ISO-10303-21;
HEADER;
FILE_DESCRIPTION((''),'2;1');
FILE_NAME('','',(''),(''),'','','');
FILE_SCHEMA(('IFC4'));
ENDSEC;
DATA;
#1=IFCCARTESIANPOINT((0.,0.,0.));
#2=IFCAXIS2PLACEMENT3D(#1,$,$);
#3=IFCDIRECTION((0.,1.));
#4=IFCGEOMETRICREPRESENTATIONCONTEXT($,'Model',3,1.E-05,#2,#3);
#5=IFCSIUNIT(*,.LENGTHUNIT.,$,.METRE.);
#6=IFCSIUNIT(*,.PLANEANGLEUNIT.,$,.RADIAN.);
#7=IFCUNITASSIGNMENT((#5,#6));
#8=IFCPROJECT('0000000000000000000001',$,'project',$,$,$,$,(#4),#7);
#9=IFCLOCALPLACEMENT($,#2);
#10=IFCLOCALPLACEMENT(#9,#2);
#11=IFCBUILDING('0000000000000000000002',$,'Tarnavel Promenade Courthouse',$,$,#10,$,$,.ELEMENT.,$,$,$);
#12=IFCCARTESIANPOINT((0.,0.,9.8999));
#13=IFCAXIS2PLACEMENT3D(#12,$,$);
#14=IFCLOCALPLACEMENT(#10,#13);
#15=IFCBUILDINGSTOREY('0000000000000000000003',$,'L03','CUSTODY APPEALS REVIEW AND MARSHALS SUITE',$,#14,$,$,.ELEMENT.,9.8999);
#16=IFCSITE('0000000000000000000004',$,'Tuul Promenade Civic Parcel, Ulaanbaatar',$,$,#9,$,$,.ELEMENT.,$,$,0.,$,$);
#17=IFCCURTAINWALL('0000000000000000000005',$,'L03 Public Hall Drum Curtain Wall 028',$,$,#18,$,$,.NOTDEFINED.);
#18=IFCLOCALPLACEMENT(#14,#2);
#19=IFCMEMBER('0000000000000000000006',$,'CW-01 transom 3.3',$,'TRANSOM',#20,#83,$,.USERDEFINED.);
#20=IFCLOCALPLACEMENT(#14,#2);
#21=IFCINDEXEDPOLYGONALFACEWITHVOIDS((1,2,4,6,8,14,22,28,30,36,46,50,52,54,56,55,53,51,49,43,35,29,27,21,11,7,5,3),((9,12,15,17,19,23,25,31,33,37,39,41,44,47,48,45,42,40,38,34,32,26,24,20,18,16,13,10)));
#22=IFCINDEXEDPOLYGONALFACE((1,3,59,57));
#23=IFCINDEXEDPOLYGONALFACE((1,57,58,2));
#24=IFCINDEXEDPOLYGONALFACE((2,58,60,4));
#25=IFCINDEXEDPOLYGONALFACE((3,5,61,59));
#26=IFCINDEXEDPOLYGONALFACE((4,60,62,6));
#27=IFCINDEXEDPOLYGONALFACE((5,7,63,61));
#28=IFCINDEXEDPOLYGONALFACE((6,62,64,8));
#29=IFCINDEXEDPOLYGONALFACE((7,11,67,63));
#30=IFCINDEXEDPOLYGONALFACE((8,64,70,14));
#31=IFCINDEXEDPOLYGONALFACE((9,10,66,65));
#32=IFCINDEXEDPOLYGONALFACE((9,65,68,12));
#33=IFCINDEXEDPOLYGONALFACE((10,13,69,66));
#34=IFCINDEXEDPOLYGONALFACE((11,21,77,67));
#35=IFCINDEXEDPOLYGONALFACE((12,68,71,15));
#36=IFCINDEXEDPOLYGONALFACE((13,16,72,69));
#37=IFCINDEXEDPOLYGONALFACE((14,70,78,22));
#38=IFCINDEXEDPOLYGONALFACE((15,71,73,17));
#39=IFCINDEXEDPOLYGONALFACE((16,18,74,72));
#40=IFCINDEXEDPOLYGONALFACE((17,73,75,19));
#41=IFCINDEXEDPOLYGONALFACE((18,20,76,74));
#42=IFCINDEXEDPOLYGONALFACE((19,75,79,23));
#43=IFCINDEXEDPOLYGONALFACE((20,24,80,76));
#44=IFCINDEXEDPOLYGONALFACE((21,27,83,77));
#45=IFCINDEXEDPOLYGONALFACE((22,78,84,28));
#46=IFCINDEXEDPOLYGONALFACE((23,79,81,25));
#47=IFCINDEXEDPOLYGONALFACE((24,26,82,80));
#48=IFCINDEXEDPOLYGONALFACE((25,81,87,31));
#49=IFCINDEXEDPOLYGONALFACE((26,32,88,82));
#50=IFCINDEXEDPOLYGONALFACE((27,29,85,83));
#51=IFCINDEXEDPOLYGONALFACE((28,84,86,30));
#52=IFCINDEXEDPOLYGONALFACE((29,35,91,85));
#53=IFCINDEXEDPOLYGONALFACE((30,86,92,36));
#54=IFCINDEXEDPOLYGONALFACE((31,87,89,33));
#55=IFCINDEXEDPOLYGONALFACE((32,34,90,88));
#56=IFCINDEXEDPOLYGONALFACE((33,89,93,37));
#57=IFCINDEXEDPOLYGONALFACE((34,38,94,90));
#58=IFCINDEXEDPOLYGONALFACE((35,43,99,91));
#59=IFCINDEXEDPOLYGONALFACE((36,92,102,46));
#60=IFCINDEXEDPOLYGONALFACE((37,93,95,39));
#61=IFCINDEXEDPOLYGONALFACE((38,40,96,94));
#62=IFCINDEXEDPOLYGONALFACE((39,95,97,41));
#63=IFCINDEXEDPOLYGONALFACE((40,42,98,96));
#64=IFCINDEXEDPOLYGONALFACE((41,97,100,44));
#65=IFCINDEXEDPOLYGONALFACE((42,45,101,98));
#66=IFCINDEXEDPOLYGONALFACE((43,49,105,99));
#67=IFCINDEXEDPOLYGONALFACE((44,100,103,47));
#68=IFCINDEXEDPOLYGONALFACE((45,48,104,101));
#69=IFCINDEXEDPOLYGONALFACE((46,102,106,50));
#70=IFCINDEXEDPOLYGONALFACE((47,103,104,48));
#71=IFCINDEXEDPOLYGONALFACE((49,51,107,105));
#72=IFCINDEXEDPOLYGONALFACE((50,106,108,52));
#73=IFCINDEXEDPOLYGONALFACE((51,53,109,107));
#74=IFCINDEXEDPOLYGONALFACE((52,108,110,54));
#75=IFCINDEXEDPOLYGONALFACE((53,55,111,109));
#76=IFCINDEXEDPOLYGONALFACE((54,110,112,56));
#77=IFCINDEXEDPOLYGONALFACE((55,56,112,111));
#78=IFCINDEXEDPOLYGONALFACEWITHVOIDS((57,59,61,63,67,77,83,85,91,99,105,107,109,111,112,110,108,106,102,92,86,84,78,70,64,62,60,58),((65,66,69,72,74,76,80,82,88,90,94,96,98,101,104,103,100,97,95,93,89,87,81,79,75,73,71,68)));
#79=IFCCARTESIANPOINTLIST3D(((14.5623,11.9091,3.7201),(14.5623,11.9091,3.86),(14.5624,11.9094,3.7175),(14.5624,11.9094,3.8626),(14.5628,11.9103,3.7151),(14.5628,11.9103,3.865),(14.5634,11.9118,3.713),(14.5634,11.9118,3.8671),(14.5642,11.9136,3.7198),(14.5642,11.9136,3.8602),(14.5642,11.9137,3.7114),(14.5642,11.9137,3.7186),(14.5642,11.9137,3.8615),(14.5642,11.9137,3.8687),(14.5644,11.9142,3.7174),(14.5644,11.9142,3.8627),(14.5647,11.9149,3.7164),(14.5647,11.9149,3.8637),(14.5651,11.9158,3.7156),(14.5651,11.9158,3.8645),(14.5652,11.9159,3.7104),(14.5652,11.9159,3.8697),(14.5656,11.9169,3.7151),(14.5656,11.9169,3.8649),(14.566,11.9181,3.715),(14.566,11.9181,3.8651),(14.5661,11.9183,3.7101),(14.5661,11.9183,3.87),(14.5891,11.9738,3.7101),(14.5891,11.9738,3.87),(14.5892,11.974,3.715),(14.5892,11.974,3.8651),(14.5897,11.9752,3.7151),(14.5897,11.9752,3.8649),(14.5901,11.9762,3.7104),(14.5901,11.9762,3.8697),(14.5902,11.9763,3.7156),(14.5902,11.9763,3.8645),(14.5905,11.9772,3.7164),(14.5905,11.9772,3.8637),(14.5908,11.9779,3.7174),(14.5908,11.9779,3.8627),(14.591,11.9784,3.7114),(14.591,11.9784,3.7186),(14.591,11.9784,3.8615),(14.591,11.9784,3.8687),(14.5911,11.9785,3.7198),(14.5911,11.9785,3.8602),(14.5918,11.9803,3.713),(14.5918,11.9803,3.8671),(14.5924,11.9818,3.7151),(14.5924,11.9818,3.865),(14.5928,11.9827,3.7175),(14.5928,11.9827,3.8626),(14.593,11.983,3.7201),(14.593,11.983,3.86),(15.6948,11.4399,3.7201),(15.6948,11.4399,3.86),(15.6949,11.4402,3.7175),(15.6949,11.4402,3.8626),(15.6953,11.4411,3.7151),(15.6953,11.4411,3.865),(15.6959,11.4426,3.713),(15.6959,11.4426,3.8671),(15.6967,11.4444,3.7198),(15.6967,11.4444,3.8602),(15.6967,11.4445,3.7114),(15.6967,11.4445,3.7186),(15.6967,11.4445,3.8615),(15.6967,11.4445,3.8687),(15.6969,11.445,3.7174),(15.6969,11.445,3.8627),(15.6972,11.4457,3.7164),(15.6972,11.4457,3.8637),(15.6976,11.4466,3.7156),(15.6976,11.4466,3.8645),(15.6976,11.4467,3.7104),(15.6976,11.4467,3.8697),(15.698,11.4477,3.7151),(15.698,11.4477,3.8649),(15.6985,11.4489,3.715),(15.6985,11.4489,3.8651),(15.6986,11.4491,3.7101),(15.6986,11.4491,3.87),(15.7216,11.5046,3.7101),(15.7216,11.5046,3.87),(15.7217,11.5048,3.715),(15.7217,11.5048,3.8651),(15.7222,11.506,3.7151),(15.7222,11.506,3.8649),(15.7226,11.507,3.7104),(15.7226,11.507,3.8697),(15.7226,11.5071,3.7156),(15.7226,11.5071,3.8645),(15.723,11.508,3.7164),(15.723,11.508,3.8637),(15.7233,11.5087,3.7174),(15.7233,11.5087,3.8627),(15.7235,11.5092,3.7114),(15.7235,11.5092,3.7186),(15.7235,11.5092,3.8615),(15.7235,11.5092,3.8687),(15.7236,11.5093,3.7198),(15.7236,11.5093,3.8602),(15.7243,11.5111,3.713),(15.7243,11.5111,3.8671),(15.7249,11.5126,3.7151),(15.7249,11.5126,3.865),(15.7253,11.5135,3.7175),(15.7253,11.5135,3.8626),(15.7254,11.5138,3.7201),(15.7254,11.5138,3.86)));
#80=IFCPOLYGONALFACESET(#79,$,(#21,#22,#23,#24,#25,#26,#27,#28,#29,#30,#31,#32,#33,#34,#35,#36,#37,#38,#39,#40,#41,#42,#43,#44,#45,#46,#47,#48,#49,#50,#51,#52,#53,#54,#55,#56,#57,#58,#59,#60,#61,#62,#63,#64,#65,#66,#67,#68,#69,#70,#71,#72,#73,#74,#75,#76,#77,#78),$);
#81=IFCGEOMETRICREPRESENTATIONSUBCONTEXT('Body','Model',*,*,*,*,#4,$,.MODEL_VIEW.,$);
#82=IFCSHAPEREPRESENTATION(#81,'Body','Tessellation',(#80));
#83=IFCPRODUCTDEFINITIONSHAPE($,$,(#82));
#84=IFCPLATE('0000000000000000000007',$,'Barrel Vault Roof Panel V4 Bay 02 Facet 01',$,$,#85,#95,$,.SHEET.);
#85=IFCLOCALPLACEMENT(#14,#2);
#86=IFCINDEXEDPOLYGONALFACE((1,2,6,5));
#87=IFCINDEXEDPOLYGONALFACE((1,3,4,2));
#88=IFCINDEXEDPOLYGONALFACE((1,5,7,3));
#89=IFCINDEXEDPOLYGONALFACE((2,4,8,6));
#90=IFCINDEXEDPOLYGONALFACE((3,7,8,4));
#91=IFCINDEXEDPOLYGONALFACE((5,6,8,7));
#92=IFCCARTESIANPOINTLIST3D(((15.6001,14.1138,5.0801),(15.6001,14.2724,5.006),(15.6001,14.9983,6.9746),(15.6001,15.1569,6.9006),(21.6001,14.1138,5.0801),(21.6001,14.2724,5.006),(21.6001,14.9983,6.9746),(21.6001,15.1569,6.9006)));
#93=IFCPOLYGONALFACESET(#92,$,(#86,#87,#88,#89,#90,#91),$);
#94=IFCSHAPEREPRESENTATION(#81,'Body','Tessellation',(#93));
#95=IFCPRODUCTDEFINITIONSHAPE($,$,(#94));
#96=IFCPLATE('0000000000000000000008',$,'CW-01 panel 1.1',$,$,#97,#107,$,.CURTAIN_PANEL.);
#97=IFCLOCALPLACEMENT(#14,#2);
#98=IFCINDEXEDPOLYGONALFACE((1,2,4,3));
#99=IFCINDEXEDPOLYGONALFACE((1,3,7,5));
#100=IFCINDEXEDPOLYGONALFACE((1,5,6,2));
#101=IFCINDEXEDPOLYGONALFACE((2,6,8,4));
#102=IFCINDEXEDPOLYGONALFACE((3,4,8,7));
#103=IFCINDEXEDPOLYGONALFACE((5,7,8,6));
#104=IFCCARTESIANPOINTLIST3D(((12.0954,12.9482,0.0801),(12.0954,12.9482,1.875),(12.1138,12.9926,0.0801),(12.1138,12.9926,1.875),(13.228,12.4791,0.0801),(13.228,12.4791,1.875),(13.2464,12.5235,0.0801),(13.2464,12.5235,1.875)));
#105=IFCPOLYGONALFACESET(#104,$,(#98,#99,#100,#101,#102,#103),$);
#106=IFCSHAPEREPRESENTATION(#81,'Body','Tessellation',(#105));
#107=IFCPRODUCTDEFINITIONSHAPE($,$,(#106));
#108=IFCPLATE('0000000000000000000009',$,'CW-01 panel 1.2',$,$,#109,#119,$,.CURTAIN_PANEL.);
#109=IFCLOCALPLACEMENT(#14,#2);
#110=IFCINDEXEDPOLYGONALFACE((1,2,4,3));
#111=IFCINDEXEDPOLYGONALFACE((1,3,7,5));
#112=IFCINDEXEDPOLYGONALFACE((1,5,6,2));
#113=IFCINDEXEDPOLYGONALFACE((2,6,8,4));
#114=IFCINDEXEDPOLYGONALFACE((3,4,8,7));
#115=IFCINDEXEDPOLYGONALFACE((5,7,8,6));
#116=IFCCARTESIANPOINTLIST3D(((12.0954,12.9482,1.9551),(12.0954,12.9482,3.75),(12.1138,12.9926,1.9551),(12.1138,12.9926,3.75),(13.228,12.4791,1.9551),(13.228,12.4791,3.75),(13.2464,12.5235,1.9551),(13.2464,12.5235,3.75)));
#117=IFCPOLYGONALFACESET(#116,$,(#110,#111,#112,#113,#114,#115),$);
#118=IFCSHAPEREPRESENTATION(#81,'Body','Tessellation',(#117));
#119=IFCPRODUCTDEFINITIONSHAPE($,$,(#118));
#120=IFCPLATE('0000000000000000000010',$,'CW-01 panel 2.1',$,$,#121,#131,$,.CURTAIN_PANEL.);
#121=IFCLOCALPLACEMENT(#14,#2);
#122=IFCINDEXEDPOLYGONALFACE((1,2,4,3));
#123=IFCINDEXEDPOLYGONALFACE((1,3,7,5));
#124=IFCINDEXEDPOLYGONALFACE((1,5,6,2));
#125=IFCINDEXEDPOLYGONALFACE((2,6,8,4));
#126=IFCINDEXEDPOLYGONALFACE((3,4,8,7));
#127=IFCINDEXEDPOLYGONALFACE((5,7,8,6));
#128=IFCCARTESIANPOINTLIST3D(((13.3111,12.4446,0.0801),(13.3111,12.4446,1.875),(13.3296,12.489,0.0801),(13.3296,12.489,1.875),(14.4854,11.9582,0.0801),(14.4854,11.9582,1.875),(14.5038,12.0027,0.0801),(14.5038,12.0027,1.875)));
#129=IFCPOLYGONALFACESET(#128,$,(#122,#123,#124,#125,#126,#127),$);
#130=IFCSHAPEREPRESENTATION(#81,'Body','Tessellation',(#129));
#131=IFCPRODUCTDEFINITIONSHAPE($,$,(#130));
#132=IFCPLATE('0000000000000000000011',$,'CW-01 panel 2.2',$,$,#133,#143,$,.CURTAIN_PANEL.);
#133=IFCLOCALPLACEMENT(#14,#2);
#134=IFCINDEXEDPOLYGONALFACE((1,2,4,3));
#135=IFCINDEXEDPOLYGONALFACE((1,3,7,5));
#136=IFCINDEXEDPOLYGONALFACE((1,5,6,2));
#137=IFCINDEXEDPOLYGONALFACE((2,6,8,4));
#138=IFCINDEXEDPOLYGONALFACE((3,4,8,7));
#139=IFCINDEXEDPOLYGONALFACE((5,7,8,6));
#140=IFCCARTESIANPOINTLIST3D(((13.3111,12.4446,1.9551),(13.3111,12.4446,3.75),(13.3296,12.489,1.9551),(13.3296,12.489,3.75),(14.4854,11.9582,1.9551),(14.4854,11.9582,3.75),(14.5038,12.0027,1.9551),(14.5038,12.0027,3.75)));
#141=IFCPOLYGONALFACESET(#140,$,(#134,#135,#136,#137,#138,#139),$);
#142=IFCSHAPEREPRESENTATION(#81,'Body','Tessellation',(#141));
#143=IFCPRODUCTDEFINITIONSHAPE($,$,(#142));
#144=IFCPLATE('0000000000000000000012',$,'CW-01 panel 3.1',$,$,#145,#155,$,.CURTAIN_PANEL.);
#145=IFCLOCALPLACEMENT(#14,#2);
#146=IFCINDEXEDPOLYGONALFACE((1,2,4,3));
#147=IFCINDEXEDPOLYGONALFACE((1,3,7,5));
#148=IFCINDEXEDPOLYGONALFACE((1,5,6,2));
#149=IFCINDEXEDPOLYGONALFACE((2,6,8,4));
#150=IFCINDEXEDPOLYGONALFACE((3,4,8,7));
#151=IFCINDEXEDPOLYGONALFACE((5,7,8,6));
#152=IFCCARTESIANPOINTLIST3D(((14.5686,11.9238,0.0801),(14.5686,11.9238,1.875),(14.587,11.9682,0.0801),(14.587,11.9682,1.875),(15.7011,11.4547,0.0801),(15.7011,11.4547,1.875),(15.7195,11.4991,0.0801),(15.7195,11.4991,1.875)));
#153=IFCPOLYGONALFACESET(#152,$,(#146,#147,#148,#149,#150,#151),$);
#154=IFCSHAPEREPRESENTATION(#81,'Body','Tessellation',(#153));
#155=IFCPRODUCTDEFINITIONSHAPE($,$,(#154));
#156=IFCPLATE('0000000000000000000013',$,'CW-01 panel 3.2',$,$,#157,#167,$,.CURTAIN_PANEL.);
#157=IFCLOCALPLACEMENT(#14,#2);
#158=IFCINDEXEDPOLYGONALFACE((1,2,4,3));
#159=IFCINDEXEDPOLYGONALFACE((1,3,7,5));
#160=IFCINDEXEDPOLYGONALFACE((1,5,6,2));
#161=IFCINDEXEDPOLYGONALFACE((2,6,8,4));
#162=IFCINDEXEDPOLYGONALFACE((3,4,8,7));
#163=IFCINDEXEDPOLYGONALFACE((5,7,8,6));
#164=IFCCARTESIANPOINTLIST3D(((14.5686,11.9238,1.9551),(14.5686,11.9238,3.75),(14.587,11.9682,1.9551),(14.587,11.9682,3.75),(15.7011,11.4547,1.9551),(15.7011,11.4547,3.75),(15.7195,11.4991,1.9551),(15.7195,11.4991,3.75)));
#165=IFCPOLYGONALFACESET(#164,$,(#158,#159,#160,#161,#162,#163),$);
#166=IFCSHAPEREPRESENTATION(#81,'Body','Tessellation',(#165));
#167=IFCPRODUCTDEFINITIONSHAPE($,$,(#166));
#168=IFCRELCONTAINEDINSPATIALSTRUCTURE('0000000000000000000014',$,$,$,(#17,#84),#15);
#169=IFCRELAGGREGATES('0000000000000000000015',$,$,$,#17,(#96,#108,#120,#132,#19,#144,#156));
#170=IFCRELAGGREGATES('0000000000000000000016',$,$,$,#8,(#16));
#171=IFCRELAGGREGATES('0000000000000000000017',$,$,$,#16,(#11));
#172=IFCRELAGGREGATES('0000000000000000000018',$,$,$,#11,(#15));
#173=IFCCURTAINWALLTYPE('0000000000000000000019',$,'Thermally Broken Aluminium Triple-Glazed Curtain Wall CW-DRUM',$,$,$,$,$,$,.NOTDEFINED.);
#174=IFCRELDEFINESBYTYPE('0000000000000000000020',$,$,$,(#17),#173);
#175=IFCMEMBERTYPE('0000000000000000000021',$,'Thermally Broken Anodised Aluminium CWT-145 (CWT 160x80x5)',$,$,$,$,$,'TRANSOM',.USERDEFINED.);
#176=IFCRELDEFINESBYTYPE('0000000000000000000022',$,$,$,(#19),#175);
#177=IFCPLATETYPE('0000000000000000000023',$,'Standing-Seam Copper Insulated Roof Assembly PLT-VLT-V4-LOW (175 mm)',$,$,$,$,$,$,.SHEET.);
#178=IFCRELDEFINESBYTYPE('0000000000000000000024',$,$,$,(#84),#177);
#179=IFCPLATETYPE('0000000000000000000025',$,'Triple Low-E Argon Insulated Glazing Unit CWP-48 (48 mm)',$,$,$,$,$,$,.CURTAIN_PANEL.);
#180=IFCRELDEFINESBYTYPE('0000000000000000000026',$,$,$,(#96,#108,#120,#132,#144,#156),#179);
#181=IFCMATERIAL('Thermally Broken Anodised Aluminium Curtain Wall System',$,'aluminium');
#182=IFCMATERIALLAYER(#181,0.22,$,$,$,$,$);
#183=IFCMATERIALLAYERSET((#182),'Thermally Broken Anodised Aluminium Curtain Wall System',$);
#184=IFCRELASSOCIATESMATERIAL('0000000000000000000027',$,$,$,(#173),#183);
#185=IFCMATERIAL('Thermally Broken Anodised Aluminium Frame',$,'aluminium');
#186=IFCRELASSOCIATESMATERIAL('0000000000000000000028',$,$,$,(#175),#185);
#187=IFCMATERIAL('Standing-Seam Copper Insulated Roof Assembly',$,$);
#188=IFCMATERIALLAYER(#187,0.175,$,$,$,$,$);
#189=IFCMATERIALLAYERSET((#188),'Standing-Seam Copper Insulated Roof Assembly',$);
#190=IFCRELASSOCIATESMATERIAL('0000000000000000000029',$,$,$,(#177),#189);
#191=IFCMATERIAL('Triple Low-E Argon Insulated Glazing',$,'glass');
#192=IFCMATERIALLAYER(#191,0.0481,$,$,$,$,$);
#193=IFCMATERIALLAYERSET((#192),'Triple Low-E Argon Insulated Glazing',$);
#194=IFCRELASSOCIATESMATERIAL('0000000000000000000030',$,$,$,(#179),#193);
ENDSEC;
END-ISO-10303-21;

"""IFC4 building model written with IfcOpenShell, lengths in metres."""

from ifc_helpers import new_model, si_unit, direction, frame, origin, origin_2d, place, context, subcontext, project, spatial, polyline, rectangle, hollow_rectangle, outline, extrude, material, layer, layer_set, material_profile, profile_set, type_object, element, aggregate, save


model = new_model("IFC4")

# Units and contexts
model_context = context("Model", 3, precision=1e-05, world=origin(), true_north=direction((0.0, 1.0)))
body_context = subcontext(model_context, "Body", "Model", "MODEL_VIEW")
ifc_project = project(units=[si_unit("LENGTHUNIT", "METRE"), si_unit("PLANEANGLEUNIT", "RADIAN")], contexts=[model_context])

# Site, building, storey
site_placement = place(None, origin())
site = spatial("IfcSite", under=ifc_project, at=site_placement, Name="Tuul Promenade Civic Parcel, Ulaanbaatar", CompositionType="ELEMENT", RefElevation=0.0)
building_placement = place(site_placement, origin())
building = spatial("IfcBuilding", under=site, at=building_placement, Name="Tarnavel Promenade Courthouse", CompositionType="ELEMENT")
storey_placement = place(building_placement, frame((0.0, 0.0, 9.8999)))
storey = spatial("IfcBuildingStorey", under=building, at=storey_placement, Name="L03", Description="CUSTODY APPEALS REVIEW AND MARSHALS SUITE", CompositionType="ELEMENT", Elevation=9.8999)

# Curtain wall, member
ifc_material_1 = material(Name="Thermally Broken Anodised Aluminium Curtain Wall System", Category="aluminium")
ifc_layer_1 = layer(ifc_material_1, 0.22)
ifc_layer_set_1 = layer_set([ifc_layer_1], Name="Thermally Broken Anodised Aluminium Curtain Wall System")
curtain_wall_type = type_object("IfcCurtainWallType", Name="Thermally Broken Aluminium Triple-Glazed Curtain Wall CW-DRUM", PredefinedType="NOTDEFINED", material=ifc_layer_set_1)
curtain_wall_placement = place(storey_placement, origin())
curtain_wall = element("IfcCurtainWall", 1, at=curtain_wall_placement, inside=storey, type_object=curtain_wall_type, Name="L03 Public Hall Drum Curtain Wall 028", PredefinedType="NOTDEFINED")
ifc_material_2 = material(Name="Thermally Broken Anodised Aluminium Frame", Category="aluminium")
ifc_material_profile_1 = material_profile(ifc_material_2, hollow_rectangle(XDim=0.0801, YDim=0.1599, WallThickness=0.0049, InnerFilletRadius=0.0049, OuterFilletRadius=0.01, at=origin_2d()), Name="CWT 160x80x5")
ifc_profile_set_1 = profile_set([ifc_material_profile_1], Name="Thermally Broken Anodised Aluminium Frame")
member_type_1 = type_object("IfcMemberType", Name="Thermally Broken Anodised Aluminium CWT-145 (CWT 160x80x5)", ElementType="TRANSOM", PredefinedType="USERDEFINED", material=ifc_profile_set_1)
member_1_placement = place(storey_placement, frame((14.5776, 11.946, 3.79), z_axis=(0.923847, -0.382762, 0.0), x_axis=(0.382762, 0.923847, 0.0)))
member_1 = element("IfcMember", 2, at=member_1_placement, type_object=member_type_1, Name="CW-01 transom 3.3", ObjectType="TRANSOM", PredefinedType="USERDEFINED", context=body_context, shape_type="SweptSolid", body=[
    extrude(hollow_rectangle(XDim=0.0801, YDim=0.1599, WallThickness=0.0049, InnerFilletRadius=0.0049, OuterFilletRadius=0.01, at=origin_2d()), origin(), (0.0, 0.0, 1.0), 1.2258),
])

# Plates
ifc_material_3 = material(Name="Standing-Seam Copper Insulated Roof Assembly")
ifc_layer_2 = layer(ifc_material_3, 0.175)
ifc_layer_set_2 = layer_set([ifc_layer_2], Name="Standing-Seam Copper Insulated Roof Assembly")
plate_type_1 = type_object("IfcPlateType", Name="Standing-Seam Copper Insulated Roof Assembly PLT-VLT-V4-LOW (175 mm)", PredefinedType="SHEET", material=ifc_layer_set_2)
plate_1_placement = place(storey_placement, frame((15.6001, 14.1138, 5.0801), z_axis=(0.0, -0.906109, 0.423045), x_axis=(1.0, 0.0, 0.0)))
element("IfcPlate", 3, at=plate_1_placement, inside=storey, type_object=plate_type_1, Name="Barrel Vault Roof Panel V4 Bay 02 Facet 01", PredefinedType="SHEET", context=body_context, shape_type="SweptSolid", body=[
    extrude(outline(polyline([(0.0, 0.0), (6.0, 0.0), (6.0, 2.0908), (0.0, 2.0908), (0.0, 0.0)])), origin(), (0.0, 0.0, -1.0), 0.175),
])
ifc_material_4 = material(Name="Triple Low-E Argon Insulated Glazing", Category="glass")
ifc_layer_3 = layer(ifc_material_4, 0.0481)
ifc_layer_set_3 = layer_set([ifc_layer_3], Name="Triple Low-E Argon Insulated Glazing")
plate_type_2 = type_object("IfcPlateType", Name="Triple Low-E Argon Insulated Glazing Unit CWP-48 (48 mm)", PredefinedType="CURTAIN_PANEL", material=ifc_layer_set_3)
plate_2_placement = place(storey_placement, frame((12.6709, 12.7358, 0.0801), z_axis=(0.0, 0.0, 1.0), x_axis=(0.923879, -0.382685, 0.0)))
plate_2 = element("IfcPlate", 4, at=plate_2_placement, type_object=plate_type_2, Name="CW-01 panel 1.1", PredefinedType="CURTAIN_PANEL", context=body_context, shape_type="SweptSolid", body=[
    extrude(rectangle(XDim=1.2258, YDim=0.0481, at=origin_2d()), origin(), (0.0, 0.0, 1.0), 1.7949),
])
plate_3_placement = place(storey_placement, frame((12.6709, 12.7358, 1.9551), z_axis=(0.0, 0.0, 1.0), x_axis=(0.923879, -0.382685, 0.0)))
plate_3 = element("IfcPlate", 5, at=plate_3_placement, type_object=plate_type_2, Name="CW-01 panel 1.2", PredefinedType="CURTAIN_PANEL", context=body_context, shape_type="SweptSolid", body=[
    extrude(rectangle(XDim=1.2258, YDim=0.0481, at=origin_2d()), origin(), (0.0, 0.0, 1.0), 1.7949),
])
plate_4_placement = place(storey_placement, frame((13.9075, 12.2236, 0.0801), z_axis=(0.0, 0.0, 1.0), x_axis=(0.923879, -0.382685, 0.0)))
plate_4 = element("IfcPlate", 6, at=plate_4_placement, type_object=plate_type_2, Name="CW-01 panel 2.1", PredefinedType="CURTAIN_PANEL", context=body_context, shape_type="SweptSolid", body=[
    extrude(rectangle(XDim=1.271, YDim=0.0481, at=origin_2d()), origin(), (0.0, 0.0, 1.0), 1.7949),
])
plate_5_placement = place(storey_placement, frame((13.9075, 12.2236, 1.9551), z_axis=(0.0, 0.0, 1.0), x_axis=(0.923879, -0.382685, 0.0)))
plate_5 = element("IfcPlate", 7, at=plate_5_placement, type_object=plate_type_2, Name="CW-01 panel 2.2", PredefinedType="CURTAIN_PANEL", context=body_context, shape_type="SweptSolid", body=[
    extrude(rectangle(XDim=1.271, YDim=0.0481, at=origin_2d()), origin(), (0.0, 0.0, 1.0), 1.7949),
])
plate_6_placement = place(storey_placement, frame((15.144, 11.7114, 0.0801), z_axis=(0.0, 0.0, 1.0), x_axis=(0.923879, -0.382685, 0.0)))
plate_6 = element("IfcPlate", 8, at=plate_6_placement, type_object=plate_type_2, Name="CW-01 panel 3.1", PredefinedType="CURTAIN_PANEL", context=body_context, shape_type="SweptSolid", body=[
    extrude(rectangle(XDim=1.2258, YDim=0.0481, at=origin_2d()), origin(), (0.0, 0.0, 1.0), 1.7949),
])
plate_7_placement = place(storey_placement, frame((15.144, 11.7114, 1.9551), z_axis=(0.0, 0.0, 1.0), x_axis=(0.923879, -0.382685, 0.0)))
plate_7 = element("IfcPlate", 9, at=plate_7_placement, type_object=plate_type_2, Name="CW-01 panel 3.2", PredefinedType="CURTAIN_PANEL", context=body_context, shape_type="SweptSolid", body=[
    extrude(rectangle(XDim=1.2258, YDim=0.0481, at=origin_2d()), origin(), (0.0, 0.0, 1.0), 1.7949),
])
aggregate(curtain_wall, [plate_2, plate_3, plate_4, plate_5, member_1, plate_6, plate_7])

save(model, "model.ifc")
